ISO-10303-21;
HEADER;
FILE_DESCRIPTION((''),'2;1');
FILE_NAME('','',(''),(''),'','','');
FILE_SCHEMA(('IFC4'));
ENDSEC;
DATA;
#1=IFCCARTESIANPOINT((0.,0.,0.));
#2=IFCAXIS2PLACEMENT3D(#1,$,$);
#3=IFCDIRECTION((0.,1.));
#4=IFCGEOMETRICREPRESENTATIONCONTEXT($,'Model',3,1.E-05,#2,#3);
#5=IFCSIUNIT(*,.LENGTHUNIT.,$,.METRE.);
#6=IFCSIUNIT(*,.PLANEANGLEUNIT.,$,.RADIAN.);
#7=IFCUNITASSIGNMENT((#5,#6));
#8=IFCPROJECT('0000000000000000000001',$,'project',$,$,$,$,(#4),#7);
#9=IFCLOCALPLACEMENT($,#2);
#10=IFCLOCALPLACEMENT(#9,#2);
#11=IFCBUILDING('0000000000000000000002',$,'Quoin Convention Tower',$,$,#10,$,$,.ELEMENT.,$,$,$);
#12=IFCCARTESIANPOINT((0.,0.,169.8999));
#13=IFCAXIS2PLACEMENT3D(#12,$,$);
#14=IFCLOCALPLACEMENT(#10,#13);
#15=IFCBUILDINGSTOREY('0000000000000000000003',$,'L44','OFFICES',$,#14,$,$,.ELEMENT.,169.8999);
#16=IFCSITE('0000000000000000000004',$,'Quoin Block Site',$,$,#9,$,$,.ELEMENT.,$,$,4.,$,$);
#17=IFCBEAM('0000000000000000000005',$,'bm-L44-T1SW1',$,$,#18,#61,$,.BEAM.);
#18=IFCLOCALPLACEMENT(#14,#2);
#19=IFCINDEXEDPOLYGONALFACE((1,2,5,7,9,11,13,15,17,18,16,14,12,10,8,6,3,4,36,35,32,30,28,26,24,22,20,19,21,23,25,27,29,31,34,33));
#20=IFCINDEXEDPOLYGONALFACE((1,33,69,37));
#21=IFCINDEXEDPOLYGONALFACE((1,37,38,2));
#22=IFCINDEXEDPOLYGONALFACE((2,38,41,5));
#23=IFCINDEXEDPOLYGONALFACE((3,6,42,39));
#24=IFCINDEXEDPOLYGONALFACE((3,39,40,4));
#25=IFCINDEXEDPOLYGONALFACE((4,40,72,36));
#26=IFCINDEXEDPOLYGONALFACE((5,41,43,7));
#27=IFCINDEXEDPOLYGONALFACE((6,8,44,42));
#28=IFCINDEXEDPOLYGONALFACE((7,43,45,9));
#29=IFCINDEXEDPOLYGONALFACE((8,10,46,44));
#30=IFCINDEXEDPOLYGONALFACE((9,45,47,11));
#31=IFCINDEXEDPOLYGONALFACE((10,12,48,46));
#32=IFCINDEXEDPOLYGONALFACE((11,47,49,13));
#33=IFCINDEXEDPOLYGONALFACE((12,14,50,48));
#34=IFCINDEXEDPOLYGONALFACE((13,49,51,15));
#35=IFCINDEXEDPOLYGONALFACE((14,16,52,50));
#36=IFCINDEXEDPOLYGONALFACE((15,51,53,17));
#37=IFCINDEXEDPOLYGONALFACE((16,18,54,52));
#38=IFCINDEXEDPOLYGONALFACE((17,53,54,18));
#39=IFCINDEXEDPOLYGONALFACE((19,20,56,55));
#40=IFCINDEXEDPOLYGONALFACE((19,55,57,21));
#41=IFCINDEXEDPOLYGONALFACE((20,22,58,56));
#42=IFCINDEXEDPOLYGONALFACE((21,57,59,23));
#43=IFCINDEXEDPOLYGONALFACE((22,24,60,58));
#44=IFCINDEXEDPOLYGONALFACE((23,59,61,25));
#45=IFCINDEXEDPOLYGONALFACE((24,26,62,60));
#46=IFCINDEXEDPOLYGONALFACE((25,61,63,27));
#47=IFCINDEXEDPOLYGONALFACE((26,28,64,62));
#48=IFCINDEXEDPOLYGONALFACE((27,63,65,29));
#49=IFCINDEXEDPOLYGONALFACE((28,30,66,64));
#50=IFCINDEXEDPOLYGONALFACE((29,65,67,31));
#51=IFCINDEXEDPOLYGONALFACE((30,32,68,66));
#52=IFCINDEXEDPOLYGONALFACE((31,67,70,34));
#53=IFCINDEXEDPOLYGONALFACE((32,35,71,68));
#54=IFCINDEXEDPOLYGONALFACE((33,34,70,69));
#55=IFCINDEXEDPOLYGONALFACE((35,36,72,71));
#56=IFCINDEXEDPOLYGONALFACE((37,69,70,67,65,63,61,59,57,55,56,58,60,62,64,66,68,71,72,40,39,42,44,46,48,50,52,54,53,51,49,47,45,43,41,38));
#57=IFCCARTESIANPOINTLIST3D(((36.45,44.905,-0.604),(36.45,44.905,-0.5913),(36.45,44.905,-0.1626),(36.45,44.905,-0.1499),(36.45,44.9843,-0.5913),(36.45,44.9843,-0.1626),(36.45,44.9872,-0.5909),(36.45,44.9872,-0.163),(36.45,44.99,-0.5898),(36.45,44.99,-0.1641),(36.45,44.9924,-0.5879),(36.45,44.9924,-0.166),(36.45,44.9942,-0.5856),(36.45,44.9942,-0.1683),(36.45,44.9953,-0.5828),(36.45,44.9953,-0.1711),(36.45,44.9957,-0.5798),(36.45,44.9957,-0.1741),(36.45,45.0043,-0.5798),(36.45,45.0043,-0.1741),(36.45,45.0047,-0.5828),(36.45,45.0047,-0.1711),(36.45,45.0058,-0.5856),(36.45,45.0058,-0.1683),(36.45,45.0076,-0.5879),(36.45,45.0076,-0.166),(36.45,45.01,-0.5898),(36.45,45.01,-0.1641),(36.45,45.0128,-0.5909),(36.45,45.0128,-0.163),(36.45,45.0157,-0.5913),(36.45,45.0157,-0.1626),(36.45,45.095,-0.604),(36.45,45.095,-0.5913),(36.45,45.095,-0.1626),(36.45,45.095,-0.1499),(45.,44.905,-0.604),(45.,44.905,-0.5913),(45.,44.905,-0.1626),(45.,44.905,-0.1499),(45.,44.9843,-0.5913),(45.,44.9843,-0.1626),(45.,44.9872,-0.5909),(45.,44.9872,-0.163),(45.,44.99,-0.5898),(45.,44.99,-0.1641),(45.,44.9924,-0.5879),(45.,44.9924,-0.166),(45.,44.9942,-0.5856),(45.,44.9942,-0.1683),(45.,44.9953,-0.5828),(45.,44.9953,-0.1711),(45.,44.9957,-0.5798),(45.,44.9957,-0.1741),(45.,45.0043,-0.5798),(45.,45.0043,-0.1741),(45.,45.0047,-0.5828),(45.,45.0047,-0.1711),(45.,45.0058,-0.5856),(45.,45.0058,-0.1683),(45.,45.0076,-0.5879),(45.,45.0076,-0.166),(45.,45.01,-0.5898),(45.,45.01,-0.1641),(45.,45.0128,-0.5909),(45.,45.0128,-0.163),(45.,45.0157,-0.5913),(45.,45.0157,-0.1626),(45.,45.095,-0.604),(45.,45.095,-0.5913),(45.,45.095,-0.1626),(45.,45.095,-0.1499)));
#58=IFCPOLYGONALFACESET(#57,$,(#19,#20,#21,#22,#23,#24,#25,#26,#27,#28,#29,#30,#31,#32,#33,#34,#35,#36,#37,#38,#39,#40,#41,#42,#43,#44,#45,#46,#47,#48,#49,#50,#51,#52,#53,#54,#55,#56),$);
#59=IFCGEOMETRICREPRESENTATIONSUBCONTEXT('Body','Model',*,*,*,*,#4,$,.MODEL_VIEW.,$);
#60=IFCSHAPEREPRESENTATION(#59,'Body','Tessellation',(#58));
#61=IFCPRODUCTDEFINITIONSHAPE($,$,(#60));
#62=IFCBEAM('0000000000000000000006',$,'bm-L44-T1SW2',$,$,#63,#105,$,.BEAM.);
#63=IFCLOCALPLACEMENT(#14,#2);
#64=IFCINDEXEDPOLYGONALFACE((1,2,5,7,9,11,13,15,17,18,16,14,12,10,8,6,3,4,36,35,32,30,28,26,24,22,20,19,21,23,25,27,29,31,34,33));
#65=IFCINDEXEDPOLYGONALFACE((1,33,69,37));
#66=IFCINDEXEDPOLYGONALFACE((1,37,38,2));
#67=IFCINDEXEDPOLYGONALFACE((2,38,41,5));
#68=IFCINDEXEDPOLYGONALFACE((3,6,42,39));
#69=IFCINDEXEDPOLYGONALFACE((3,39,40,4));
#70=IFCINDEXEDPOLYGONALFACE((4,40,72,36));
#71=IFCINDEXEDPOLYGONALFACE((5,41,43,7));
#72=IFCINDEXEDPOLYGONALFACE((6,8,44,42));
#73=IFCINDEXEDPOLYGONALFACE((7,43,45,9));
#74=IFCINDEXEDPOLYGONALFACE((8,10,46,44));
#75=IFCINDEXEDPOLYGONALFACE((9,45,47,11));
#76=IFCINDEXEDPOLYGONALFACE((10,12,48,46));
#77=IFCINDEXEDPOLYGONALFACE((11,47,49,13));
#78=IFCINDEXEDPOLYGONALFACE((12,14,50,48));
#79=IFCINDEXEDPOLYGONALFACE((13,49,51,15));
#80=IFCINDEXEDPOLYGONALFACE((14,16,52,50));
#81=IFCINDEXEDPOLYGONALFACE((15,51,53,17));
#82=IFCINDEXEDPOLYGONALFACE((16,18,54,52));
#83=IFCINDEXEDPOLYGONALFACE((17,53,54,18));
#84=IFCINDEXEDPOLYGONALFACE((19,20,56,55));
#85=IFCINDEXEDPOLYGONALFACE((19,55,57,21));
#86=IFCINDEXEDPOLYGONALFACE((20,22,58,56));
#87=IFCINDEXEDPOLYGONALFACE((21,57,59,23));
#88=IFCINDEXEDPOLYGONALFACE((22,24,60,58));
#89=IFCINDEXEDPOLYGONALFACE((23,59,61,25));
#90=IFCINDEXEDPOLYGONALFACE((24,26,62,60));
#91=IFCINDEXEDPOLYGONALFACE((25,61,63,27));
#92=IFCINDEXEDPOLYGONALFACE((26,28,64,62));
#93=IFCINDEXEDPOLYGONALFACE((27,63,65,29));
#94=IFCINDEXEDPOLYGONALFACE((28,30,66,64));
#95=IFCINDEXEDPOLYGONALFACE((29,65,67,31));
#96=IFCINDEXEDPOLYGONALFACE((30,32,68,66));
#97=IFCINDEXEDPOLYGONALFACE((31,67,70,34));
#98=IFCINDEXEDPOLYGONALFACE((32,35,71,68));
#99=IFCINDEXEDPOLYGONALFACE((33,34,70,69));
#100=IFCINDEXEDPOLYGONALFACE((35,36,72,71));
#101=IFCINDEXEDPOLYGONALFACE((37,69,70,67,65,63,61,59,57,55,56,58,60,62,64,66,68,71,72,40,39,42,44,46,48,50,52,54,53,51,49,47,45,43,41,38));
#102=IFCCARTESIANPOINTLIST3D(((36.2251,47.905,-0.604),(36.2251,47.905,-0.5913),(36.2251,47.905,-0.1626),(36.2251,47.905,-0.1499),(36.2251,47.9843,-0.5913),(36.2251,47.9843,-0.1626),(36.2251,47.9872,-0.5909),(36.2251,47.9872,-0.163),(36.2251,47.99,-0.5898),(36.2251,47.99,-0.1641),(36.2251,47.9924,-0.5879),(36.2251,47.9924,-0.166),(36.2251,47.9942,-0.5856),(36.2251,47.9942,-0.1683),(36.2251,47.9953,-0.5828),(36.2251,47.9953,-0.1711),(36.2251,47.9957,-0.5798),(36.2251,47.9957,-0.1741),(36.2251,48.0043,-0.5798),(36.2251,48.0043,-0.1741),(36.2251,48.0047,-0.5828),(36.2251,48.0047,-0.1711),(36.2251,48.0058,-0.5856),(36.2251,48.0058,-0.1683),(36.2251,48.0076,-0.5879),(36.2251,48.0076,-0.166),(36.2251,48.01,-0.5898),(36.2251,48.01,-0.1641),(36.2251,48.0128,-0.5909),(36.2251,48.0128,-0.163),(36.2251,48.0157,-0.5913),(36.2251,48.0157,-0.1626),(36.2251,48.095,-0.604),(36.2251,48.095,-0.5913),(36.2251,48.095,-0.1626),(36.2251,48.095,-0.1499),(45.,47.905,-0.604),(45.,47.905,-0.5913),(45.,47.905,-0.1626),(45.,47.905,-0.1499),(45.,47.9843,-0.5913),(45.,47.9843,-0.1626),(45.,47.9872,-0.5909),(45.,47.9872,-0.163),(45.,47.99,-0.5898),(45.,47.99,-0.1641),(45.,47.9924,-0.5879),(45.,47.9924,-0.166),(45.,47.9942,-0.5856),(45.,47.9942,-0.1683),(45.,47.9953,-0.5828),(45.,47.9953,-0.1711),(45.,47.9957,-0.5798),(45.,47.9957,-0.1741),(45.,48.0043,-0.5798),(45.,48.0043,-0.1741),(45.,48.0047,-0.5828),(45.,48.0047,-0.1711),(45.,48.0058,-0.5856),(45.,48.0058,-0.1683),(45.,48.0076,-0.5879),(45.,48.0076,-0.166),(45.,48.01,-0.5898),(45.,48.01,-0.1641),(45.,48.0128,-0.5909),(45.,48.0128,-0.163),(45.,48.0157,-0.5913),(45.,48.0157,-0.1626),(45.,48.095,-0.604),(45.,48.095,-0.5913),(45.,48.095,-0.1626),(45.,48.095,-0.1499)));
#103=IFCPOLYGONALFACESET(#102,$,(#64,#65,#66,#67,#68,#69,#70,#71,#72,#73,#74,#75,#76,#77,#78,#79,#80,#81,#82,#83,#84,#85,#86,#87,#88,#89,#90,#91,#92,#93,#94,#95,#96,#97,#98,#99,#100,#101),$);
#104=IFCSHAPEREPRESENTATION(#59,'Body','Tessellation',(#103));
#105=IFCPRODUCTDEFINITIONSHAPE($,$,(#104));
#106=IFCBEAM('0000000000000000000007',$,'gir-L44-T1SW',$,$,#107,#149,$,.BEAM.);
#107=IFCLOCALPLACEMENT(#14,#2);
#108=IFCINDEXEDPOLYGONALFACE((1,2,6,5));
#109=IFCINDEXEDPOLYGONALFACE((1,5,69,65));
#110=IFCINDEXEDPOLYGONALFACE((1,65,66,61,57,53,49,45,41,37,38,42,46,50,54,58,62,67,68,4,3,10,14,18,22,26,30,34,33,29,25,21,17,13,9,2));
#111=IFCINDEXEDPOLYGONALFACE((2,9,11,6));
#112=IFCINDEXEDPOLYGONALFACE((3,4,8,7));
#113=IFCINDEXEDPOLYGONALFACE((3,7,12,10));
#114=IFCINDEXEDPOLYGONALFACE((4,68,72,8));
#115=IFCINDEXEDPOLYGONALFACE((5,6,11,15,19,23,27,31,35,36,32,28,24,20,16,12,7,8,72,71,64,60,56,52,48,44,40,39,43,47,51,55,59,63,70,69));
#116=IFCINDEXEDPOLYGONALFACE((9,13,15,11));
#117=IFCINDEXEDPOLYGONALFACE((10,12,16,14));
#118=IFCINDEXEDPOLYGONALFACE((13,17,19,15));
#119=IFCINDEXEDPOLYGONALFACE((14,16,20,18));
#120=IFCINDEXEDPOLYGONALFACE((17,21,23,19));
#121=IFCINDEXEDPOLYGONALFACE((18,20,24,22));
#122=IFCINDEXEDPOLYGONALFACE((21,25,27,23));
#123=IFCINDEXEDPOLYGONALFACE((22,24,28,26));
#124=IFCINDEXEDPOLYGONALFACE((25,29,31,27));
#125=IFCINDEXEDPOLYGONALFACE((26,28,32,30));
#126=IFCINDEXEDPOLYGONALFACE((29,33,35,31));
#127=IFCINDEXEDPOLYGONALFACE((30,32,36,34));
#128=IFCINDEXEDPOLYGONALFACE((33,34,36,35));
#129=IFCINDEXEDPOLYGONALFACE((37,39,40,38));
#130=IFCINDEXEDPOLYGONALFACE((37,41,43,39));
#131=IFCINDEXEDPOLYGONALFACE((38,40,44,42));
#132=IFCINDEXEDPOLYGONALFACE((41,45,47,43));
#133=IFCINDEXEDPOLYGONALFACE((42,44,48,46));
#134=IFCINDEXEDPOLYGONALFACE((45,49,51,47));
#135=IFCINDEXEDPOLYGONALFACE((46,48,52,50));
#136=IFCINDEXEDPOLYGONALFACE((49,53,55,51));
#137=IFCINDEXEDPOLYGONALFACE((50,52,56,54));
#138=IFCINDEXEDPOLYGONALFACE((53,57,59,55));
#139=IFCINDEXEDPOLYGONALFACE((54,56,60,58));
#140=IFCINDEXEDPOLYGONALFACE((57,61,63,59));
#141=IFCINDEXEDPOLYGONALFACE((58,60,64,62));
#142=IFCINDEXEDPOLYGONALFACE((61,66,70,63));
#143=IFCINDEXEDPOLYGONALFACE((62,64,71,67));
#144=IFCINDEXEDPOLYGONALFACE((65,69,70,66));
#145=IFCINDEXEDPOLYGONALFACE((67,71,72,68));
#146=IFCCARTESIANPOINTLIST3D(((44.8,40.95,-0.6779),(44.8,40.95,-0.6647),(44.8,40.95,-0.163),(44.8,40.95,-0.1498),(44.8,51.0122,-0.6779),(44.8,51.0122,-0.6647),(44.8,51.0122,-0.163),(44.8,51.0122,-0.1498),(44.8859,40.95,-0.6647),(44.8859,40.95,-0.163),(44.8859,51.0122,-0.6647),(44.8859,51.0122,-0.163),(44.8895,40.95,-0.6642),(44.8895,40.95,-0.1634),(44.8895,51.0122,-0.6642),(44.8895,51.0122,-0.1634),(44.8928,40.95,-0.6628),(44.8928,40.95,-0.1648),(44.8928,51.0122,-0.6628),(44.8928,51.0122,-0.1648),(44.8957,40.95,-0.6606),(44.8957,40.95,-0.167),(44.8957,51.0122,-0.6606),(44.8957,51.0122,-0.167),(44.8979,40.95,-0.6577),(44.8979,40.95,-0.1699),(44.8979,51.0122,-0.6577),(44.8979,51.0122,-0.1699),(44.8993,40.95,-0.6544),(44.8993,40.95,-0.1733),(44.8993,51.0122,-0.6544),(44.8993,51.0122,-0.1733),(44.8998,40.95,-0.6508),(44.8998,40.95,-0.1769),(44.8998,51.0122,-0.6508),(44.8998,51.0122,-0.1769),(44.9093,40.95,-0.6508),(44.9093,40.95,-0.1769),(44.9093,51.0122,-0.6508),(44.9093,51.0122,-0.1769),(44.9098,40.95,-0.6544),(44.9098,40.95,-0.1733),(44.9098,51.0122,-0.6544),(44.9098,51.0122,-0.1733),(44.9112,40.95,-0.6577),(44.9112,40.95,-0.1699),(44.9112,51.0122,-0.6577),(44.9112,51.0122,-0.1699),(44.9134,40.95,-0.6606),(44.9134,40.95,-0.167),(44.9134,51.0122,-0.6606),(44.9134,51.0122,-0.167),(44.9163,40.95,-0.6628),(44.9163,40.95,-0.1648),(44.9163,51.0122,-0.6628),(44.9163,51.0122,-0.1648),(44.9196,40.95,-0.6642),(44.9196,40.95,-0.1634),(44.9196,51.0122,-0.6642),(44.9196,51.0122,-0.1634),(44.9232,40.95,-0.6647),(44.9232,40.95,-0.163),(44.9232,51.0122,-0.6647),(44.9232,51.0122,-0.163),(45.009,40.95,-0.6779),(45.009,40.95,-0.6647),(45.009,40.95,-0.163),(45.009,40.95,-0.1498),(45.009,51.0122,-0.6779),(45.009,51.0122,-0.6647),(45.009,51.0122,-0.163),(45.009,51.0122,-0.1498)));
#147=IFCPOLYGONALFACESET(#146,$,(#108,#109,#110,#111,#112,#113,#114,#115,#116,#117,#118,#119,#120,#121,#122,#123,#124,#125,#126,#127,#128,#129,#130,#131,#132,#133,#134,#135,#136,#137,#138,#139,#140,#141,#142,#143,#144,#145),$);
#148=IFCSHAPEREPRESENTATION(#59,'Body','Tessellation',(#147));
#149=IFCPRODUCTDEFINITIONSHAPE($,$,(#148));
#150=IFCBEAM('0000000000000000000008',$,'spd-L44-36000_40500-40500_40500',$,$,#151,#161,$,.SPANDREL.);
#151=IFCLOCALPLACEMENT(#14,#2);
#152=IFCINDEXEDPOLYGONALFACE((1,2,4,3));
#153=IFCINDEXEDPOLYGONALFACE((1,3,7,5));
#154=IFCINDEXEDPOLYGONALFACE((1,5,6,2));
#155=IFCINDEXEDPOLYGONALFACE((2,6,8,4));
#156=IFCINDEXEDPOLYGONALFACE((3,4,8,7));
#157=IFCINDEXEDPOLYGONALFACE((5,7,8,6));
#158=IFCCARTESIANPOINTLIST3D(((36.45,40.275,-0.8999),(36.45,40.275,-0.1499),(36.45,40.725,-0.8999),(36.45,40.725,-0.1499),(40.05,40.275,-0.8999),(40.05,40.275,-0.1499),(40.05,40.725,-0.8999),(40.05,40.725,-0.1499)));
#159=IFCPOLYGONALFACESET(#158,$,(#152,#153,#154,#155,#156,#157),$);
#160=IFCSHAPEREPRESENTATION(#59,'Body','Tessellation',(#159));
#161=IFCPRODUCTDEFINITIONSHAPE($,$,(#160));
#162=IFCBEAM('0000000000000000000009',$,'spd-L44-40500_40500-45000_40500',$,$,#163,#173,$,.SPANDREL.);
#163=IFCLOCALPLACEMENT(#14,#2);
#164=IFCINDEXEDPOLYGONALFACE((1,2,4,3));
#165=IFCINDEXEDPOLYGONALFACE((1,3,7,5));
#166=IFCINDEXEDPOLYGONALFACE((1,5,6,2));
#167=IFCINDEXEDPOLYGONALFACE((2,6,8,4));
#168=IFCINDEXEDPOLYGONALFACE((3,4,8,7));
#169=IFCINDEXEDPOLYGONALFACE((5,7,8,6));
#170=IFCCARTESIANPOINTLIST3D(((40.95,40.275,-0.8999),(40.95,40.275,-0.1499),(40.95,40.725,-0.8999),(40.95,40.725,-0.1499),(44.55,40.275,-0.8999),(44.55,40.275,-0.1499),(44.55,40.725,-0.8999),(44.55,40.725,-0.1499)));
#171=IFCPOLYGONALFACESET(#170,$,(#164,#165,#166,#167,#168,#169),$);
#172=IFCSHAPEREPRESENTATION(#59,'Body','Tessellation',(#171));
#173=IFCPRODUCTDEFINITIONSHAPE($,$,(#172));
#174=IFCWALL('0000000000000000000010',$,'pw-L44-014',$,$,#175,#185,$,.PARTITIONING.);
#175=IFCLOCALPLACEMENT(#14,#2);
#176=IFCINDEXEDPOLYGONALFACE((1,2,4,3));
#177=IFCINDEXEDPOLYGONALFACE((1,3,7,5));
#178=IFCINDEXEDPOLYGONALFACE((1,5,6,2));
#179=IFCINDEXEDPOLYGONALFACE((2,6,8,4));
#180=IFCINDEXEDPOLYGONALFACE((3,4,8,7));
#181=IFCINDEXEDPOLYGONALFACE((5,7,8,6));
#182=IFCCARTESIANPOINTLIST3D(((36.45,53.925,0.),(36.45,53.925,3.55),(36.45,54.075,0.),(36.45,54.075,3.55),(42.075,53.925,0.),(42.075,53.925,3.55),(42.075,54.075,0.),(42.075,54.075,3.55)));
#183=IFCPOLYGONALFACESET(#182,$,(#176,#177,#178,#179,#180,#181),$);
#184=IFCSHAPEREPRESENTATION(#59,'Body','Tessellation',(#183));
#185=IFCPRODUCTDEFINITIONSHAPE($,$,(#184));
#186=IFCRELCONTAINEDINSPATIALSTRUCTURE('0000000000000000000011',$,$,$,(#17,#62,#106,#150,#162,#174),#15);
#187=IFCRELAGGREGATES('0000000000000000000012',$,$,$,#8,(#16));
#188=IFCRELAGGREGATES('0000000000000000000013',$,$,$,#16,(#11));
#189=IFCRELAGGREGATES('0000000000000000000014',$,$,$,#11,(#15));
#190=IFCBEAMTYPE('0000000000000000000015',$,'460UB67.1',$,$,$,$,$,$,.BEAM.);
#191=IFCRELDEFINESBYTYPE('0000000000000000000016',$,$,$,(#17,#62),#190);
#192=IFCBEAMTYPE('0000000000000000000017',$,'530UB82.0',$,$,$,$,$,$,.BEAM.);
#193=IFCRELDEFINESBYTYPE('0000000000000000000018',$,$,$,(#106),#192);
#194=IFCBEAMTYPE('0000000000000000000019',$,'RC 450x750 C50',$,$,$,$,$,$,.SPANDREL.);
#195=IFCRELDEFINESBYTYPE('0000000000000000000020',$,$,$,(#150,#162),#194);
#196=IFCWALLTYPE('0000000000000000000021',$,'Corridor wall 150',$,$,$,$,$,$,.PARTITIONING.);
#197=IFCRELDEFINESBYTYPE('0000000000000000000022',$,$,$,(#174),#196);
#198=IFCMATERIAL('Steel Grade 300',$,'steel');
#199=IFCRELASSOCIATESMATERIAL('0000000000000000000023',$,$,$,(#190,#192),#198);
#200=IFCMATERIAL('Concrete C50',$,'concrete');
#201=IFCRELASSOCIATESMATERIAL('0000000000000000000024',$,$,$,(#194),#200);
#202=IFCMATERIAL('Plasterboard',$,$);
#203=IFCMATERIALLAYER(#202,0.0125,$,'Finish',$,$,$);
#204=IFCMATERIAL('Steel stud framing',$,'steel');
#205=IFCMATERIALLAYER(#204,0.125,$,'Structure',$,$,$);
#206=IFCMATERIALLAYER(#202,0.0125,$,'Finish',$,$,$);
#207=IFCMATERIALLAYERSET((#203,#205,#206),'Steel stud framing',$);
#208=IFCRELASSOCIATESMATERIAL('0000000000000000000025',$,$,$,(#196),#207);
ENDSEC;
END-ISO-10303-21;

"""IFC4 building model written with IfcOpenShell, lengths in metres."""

from ifc_helpers import new_model, si_unit, direction, frame, frame_2d, origin, origin_2d, place, context, subcontext, project, spatial, rectangle, i_section, extrude, material, layer, layer_set, material_profile, profile_set, type_object, element, save


model = new_model("IFC4")

# Units and contexts
model_context = context("Model", 3, precision=1e-05, world=origin(), true_north=direction((0.0, 1.0)))
body_context = subcontext(model_context, "Body", "Model", "MODEL_VIEW")
ifc_project = project(units=[si_unit("LENGTHUNIT", "METRE"), si_unit("PLANEANGLEUNIT", "RADIAN")], contexts=[model_context])

# Site, building, storey
site_placement = place(None, origin())
site = spatial("IfcSite", under=ifc_project, at=site_placement, Name="Quoin Block Site", CompositionType="ELEMENT", RefElevation=4.0)
building_placement = place(site_placement, origin())
building = spatial("IfcBuilding", under=site, at=building_placement, Name="Quoin Convention Tower", CompositionType="ELEMENT")
storey_placement = place(building_placement, frame((0.0, 0.0, 169.8999)))
storey = spatial("IfcBuildingStorey", under=building, at=storey_placement, Name="L44", Description="OFFICES", CompositionType="ELEMENT", Elevation=169.8999)

# Shared definitions
ifc_material_1 = material(Name="Concrete C50", Category="concrete")

# Beams
ifc_material_2 = material(Name="Steel Grade 300", Category="steel")
ifc_material_profile_1 = material_profile(ifc_material_2, i_section(OverallWidth=0.1899, OverallDepth=0.4541, WebThickness=0.0085, FlangeThickness=0.0127, FilletRadius=0.0115, at=origin_2d()), Name="460UB67.1")
ifc_profile_set_1 = profile_set([ifc_material_profile_1], Name="Steel Grade 300")
beam_type_1 = type_object("IfcBeamType", Name="460UB67.1", PredefinedType="BEAM", material=ifc_profile_set_1)
for number, where, z_axis, x_axis, name in (
    (1, (36.45, 45.0, -0.377), (1.0, 0.0, 0.0), (0.0, 1.0, 0.0), "bm-L44-T1SW1"),
):
    element("IfcBeam", number, at=place(storey_placement, frame(where, z_axis=z_axis, x_axis=x_axis)), inside=storey, type_object=beam_type_1, Name=name, PredefinedType="BEAM", context=body_context, shape_type="SweptSolid", body=[
        extrude(i_section(OverallWidth=0.1899, OverallDepth=0.4541, WebThickness=0.0085, FlangeThickness=0.0127, FilletRadius=0.0115, at=origin_2d()), origin(), (0.0, 0.0, 1.0), 8.55),
    ])
beam_1_placement = place(storey_placement, frame((36.2251, 48.0, -0.377), z_axis=(1.0, 0.0, 0.0), x_axis=(0.0, 1.0, 0.0)))
element("IfcBeam", 2, at=beam_1_placement, inside=storey, type_object=beam_type_1, Name="bm-L44-T1SW2", PredefinedType="BEAM", context=body_context, shape_type="SweptSolid", body=[
    extrude(i_section(OverallWidth=0.1899, OverallDepth=0.4541, WebThickness=0.0085, FlangeThickness=0.0127, FilletRadius=0.0115, at=origin_2d()), origin(), (0.0, 0.0, 1.0), 8.7749),
])
ifc_material_profile_2 = material_profile(ifc_material_2, i_section(OverallWidth=0.209, OverallDepth=0.5281, WebThickness=0.0095, FlangeThickness=0.0132, FilletRadius=0.0139, at=origin_2d()), Name="530UB82.0")
ifc_profile_set_2 = profile_set([ifc_material_profile_2], Name="Steel Grade 300")
beam_type_2 = type_object("IfcBeamType", Name="530UB82.0", PredefinedType="BEAM", material=ifc_profile_set_2)
beam_2_placement = place(storey_placement, frame((44.9045, 40.95, -0.4138), z_axis=(0.0, 1.0, 0.0), x_axis=(-1.0, 0.0, 0.0)))
element("IfcBeam", 3, at=beam_2_placement, inside=storey, type_object=beam_type_2, Name="gir-L44-T1SW", PredefinedType="BEAM", context=body_context, shape_type="SweptSolid", body=[
    extrude(i_section(OverallWidth=0.209, OverallDepth=0.5281, WebThickness=0.0095, FlangeThickness=0.0132, FilletRadius=0.0139, at=origin_2d()), origin(), (0.0, 0.0, 1.0), 10.0623),
])
ifc_material_profile_3 = material_profile(ifc_material_1, rectangle(XDim=0.45, YDim=0.75, at=origin_2d()), Name="RC 450x750")
ifc_profile_set_3 = profile_set([ifc_material_profile_3], Name="Concrete C50")
beam_type_3 = type_object("IfcBeamType", Name="RC 450x750 C50", PredefinedType="SPANDREL", material=ifc_profile_set_3)
for number, where, z_axis, x_axis, name in (
    (4, (36.45, 40.5, -0.5249), (1.0, 0.0, 0.0), (0.0, 1.0, 0.0), "spd-L44-36000_40500-40500_40500"),
    (5, (40.95, 40.5, -0.5249), (1.0, 0.0, 0.0), (0.0, 1.0, 0.0), "spd-L44-40500_40500-45000_40500"),
):
    element("IfcBeam", number, at=place(storey_placement, frame(where, z_axis=z_axis, x_axis=x_axis)), inside=storey, type_object=beam_type_3, Name=name, PredefinedType="SPANDREL", context=body_context, shape_type="SweptSolid", body=[
        extrude(rectangle(XDim=0.45, YDim=0.75, at=origin_2d()), origin(), (0.0, 0.0, 1.0), 3.6001),
    ])

# Wall
ifc_material_3 = material(Name="Plasterboard")
ifc_layer_1 = layer(ifc_material_3, 0.0125, Name="Finish")
ifc_material_4 = material(Name="Steel stud framing", Category="steel")
ifc_layer_2 = layer(ifc_material_4, 0.125, Name="Structure")
ifc_layer_3 = layer(ifc_material_3, 0.0125, Name="Finish")
ifc_layer_set_1 = layer_set([ifc_layer_1, ifc_layer_2, ifc_layer_3], Name="Steel stud framing")
wall_type_1 = type_object("IfcWallType", Name="Corridor wall 150", PredefinedType="PARTITIONING", material=ifc_layer_set_1)
wall_1_placement = place(storey_placement, frame((36.45, 54.0, 0.0), z_axis=(0.0, 0.0, 1.0), x_axis=(1.0, 0.0, 0.0)))
element("IfcWall", 6, at=wall_1_placement, inside=storey, type_object=wall_type_1, Name="pw-L44-014", PredefinedType="PARTITIONING", context=body_context, shape_type="SweptSolid", body=[
    extrude(rectangle(XDim=5.625, YDim=0.1499, at=frame_2d((2.8125, 0.0))), origin(), (0.0, 0.0, 1.0), 3.55),
])

save(model, "model.ifc")
